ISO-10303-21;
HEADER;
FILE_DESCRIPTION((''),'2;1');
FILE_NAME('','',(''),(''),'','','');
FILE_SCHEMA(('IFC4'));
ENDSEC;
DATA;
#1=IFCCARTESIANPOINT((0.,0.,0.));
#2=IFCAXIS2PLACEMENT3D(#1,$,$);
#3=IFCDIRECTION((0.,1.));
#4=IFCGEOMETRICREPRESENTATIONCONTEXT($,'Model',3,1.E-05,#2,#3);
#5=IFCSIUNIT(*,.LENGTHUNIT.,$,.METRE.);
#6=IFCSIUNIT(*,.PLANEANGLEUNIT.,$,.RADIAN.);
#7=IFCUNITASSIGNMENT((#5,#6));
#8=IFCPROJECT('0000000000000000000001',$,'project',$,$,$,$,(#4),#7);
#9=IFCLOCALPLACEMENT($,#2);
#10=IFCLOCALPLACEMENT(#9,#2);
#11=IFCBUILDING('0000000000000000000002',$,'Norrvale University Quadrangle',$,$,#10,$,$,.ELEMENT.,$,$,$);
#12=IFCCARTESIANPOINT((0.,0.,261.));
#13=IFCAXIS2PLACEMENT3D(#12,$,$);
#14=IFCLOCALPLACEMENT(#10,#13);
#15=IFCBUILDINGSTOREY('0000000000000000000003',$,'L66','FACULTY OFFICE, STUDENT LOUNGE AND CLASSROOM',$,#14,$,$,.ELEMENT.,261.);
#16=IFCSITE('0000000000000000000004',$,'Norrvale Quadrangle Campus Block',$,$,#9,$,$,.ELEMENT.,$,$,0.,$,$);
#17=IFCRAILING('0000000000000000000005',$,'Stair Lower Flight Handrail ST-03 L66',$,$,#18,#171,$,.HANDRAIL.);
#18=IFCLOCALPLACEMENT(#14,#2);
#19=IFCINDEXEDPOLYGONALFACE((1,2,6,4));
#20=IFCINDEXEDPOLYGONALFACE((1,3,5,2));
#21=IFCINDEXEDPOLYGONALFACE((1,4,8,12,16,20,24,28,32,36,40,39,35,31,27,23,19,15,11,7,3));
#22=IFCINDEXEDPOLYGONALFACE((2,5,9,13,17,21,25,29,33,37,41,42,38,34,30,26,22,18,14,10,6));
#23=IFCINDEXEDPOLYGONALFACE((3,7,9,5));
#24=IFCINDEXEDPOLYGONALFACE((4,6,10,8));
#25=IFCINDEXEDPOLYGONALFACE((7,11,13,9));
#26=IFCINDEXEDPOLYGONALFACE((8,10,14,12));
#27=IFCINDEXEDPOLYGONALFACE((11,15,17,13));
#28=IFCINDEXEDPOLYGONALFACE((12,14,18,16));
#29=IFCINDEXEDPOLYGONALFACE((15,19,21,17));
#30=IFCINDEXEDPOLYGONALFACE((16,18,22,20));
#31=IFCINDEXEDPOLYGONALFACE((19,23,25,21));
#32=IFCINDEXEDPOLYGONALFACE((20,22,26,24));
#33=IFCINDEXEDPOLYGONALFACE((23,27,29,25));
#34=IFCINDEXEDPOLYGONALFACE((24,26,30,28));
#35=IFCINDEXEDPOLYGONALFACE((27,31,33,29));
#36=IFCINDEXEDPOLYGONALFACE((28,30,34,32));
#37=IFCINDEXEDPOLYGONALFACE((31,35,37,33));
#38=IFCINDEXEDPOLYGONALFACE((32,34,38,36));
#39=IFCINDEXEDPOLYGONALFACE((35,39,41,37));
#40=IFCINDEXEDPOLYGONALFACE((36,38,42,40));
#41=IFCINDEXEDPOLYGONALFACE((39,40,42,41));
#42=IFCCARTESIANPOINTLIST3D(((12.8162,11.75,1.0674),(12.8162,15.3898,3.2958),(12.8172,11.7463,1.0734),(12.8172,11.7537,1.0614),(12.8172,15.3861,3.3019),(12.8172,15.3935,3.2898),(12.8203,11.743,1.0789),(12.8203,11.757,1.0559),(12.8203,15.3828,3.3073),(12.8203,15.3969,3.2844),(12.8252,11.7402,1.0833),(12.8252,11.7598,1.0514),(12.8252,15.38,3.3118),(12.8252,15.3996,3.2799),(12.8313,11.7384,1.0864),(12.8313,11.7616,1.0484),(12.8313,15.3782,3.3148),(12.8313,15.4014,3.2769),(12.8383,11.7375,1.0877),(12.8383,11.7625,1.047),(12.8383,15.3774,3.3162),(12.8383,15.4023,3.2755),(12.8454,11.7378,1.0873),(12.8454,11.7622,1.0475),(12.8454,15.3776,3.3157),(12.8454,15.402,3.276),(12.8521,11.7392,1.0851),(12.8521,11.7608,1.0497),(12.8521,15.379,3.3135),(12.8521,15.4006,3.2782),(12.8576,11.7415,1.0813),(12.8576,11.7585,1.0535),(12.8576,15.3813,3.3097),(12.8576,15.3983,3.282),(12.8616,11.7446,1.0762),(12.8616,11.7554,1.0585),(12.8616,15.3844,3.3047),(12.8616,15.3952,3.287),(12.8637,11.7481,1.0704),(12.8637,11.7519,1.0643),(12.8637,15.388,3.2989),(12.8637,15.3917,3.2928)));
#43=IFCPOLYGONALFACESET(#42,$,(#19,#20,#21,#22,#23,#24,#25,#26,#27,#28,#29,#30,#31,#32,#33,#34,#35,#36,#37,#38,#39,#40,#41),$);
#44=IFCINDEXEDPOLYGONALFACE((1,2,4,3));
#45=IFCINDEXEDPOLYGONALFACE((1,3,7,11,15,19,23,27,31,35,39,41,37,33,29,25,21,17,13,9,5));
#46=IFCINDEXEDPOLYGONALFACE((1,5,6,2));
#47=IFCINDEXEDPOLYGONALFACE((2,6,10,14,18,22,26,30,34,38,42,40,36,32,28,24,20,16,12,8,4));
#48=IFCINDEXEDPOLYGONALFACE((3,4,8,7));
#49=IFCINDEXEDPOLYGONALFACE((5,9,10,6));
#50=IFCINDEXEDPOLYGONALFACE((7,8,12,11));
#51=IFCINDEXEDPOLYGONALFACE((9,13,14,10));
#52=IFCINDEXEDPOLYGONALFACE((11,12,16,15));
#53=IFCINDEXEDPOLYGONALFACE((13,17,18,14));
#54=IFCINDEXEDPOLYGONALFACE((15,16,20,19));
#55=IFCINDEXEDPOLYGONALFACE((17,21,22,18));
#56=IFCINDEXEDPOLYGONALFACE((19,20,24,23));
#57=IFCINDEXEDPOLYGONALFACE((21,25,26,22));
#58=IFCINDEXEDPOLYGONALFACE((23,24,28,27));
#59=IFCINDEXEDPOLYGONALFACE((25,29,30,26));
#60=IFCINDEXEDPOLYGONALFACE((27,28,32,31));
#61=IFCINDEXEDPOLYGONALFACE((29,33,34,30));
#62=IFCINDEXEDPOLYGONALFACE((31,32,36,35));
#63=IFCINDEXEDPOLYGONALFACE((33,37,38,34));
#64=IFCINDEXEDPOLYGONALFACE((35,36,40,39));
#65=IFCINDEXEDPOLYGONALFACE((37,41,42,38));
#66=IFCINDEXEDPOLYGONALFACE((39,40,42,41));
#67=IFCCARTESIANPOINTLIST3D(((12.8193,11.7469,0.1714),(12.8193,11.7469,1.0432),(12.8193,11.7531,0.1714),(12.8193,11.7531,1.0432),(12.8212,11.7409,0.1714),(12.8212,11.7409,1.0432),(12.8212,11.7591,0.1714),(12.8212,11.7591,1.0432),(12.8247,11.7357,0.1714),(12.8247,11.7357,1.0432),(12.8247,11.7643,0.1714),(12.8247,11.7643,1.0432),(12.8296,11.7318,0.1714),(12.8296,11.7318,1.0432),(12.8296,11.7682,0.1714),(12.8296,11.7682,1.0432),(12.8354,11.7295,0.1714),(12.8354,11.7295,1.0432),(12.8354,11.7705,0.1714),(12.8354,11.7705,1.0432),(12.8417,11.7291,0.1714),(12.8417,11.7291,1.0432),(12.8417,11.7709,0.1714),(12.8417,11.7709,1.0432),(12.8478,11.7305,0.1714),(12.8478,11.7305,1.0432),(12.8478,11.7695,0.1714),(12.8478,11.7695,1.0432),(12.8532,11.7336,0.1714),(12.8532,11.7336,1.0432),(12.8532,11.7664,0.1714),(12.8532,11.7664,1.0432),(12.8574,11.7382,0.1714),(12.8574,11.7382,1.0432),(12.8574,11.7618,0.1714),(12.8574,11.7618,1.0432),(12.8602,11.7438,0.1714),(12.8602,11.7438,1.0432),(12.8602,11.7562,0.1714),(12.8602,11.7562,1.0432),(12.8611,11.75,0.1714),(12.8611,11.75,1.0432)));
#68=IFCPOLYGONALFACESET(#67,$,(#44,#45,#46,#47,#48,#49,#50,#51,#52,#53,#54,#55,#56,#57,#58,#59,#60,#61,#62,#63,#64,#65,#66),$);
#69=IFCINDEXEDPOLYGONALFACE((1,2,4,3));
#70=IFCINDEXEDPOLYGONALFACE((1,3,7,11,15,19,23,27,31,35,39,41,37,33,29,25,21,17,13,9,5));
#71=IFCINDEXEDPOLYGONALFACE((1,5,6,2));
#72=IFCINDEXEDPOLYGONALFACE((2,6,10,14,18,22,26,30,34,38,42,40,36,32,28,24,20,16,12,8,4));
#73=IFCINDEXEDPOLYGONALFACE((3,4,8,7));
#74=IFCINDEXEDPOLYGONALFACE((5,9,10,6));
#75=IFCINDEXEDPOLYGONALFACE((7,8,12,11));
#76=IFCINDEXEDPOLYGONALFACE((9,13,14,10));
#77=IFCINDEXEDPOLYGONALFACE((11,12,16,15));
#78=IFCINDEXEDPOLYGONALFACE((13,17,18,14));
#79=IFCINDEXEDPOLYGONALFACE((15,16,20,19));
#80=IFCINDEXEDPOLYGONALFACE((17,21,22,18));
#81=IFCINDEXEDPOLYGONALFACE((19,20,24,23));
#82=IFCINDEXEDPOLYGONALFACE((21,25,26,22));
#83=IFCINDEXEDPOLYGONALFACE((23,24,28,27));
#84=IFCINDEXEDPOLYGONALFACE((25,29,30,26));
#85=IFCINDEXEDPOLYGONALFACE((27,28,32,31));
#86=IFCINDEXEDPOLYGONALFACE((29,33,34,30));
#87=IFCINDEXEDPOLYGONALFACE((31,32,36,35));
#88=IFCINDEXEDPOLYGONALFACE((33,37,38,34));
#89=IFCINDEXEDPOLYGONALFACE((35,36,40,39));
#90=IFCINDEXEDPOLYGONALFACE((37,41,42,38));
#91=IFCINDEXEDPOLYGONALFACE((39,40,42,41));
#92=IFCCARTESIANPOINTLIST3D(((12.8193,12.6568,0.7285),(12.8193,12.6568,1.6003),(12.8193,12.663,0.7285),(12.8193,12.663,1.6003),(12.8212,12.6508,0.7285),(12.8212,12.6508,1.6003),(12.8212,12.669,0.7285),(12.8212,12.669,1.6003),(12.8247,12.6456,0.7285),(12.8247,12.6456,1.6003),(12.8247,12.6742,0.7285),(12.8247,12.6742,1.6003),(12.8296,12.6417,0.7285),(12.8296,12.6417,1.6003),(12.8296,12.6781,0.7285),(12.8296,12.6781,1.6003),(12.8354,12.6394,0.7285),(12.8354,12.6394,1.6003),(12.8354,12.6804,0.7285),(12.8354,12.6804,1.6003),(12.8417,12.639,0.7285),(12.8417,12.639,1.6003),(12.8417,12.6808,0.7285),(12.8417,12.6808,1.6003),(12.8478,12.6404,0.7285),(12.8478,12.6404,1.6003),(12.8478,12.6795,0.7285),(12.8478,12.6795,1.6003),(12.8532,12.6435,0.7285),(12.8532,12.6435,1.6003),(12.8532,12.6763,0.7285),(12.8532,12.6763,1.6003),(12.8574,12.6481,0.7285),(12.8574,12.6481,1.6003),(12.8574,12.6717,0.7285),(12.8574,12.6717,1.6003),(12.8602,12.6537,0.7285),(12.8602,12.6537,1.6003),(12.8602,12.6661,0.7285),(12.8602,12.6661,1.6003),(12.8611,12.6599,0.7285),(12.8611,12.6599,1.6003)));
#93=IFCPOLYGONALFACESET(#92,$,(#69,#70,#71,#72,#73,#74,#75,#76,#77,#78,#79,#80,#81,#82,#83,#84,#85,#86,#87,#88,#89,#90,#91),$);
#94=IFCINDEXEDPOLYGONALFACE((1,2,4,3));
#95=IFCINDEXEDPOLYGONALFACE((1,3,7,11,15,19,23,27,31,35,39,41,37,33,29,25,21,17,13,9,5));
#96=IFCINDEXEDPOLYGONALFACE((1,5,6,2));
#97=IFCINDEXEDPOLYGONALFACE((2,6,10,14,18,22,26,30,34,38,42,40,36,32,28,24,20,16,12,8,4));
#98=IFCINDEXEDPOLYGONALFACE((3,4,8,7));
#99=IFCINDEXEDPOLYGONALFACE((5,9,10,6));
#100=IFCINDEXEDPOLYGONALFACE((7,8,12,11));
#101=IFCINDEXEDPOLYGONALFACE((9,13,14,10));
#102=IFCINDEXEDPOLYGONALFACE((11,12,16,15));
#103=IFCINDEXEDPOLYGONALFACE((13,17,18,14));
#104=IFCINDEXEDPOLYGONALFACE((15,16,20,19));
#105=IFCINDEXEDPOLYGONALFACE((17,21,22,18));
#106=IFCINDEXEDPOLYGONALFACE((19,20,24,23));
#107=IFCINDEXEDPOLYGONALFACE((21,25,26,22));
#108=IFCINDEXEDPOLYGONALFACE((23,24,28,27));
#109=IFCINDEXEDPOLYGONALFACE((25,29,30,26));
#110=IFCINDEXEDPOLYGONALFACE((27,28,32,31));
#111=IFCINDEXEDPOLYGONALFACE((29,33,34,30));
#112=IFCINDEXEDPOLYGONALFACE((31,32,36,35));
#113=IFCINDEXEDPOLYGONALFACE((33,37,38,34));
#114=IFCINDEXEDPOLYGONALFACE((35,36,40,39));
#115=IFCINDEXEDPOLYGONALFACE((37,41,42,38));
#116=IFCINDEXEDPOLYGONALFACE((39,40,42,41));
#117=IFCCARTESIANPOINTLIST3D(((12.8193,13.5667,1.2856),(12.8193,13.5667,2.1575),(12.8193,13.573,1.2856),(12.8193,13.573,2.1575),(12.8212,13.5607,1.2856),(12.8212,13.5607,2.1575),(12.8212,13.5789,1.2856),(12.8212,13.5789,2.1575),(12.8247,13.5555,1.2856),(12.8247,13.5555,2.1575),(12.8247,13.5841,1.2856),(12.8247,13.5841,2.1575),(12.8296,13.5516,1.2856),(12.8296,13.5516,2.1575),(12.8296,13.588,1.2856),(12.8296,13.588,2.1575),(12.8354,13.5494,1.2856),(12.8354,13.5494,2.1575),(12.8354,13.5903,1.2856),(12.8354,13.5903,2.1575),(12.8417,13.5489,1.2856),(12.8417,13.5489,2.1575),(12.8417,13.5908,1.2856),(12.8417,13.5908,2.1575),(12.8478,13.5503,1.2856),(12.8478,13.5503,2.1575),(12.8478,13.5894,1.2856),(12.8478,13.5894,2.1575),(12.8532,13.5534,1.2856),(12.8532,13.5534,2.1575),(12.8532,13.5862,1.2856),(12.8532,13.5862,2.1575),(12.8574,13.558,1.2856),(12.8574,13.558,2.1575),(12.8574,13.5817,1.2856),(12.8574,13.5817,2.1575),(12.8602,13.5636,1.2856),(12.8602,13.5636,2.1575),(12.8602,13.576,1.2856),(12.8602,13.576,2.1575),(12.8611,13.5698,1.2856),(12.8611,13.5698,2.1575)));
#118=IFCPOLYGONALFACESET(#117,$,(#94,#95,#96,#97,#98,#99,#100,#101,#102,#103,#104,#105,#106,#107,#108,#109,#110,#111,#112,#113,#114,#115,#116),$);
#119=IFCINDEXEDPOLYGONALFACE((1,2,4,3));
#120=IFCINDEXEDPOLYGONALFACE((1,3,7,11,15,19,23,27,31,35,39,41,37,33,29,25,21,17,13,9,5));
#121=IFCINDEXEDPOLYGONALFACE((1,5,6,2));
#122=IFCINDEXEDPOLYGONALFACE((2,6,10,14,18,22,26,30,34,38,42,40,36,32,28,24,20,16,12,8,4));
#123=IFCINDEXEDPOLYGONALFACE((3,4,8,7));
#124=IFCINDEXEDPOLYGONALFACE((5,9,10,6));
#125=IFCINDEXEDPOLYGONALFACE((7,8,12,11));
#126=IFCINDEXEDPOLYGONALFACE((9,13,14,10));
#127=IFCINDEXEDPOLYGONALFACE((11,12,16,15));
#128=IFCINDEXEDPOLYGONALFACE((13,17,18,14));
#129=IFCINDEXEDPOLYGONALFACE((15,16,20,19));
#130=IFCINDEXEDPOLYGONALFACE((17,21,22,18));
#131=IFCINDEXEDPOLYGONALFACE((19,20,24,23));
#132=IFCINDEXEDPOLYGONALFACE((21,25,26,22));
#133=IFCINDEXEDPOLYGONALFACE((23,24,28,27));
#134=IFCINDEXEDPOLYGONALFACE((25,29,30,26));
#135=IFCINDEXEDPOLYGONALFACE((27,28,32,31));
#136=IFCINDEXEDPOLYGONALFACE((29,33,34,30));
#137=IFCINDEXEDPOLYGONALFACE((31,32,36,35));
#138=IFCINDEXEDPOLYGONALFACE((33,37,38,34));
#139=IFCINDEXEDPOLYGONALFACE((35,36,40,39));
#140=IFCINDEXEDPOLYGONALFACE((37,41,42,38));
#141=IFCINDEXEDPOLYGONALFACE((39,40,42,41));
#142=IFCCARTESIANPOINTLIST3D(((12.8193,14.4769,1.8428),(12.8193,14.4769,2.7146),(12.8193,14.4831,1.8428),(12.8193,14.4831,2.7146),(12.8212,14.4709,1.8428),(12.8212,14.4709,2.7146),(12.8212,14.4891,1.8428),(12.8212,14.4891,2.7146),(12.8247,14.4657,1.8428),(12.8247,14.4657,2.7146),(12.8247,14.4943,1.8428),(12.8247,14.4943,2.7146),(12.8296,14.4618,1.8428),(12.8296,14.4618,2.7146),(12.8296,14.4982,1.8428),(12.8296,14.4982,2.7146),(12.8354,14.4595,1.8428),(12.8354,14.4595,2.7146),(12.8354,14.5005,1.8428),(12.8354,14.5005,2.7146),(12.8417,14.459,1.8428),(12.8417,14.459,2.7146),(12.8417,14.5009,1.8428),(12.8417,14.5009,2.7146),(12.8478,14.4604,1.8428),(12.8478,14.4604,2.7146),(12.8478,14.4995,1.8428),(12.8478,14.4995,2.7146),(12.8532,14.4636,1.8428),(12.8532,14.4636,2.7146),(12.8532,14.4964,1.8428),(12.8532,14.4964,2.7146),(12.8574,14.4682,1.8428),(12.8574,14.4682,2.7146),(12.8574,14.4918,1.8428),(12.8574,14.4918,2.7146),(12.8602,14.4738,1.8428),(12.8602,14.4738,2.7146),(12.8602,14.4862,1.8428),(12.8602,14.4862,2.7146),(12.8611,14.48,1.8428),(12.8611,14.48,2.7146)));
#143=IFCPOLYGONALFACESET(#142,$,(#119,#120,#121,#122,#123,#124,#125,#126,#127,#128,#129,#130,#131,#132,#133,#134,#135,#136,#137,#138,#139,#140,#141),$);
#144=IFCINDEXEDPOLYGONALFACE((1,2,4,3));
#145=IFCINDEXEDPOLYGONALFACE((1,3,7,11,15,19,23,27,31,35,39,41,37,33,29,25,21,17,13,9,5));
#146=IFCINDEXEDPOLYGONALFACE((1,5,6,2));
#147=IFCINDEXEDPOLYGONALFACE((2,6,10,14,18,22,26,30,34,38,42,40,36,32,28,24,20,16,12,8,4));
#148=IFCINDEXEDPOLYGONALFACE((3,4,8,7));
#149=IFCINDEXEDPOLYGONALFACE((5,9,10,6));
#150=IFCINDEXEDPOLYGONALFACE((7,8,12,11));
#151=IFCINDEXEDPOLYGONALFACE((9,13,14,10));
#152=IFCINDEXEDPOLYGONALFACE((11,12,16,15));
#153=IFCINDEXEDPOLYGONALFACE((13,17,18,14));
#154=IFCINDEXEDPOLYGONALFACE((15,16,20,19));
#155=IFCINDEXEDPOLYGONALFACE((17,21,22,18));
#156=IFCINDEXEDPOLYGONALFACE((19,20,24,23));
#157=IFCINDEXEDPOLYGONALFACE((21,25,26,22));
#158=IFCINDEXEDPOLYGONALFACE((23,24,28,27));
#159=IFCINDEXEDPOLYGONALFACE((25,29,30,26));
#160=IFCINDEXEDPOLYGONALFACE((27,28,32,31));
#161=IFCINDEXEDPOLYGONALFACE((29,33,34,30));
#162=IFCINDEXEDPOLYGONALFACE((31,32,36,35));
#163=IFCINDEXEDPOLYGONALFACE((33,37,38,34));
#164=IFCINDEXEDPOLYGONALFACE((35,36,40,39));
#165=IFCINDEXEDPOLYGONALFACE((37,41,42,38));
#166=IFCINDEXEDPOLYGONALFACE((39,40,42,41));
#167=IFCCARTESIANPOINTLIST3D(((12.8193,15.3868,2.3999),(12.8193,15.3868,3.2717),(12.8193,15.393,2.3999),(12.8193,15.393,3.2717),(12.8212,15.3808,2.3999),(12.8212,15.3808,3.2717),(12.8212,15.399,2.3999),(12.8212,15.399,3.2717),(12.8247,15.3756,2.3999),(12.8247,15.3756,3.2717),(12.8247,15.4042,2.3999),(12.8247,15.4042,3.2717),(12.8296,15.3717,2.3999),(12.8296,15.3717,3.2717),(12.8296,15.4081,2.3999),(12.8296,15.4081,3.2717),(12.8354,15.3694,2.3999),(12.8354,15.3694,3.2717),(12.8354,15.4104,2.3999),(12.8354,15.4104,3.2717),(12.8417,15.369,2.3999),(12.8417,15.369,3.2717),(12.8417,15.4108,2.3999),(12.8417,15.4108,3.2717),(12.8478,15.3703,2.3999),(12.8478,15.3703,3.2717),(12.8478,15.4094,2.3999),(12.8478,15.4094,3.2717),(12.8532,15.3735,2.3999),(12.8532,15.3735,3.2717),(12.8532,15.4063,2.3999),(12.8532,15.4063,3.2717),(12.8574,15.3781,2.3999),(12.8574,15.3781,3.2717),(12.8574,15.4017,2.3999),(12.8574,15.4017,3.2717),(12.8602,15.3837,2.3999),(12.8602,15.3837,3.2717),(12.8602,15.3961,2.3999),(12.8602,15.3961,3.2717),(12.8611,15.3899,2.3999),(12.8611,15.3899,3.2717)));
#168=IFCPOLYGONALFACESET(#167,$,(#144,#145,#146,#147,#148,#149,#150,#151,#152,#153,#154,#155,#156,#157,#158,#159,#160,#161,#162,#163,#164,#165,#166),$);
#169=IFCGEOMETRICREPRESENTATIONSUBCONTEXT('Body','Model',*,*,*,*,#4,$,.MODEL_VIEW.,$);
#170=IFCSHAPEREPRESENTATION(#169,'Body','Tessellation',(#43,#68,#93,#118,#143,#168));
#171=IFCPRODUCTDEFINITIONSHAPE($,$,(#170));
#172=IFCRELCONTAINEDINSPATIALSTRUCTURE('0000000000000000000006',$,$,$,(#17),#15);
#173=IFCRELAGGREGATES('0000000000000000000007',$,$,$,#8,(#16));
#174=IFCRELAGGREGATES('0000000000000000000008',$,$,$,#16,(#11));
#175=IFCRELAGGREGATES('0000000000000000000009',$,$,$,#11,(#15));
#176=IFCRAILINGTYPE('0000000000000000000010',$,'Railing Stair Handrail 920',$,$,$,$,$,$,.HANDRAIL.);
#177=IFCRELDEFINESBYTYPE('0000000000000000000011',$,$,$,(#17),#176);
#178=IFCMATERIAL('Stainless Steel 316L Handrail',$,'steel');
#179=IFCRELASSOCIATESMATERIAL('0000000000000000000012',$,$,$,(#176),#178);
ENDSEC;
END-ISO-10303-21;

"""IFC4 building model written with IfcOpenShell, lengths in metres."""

from ifc_helpers import new_model, si_unit, direction, frame, origin, origin_2d, place, context, subcontext, project, spatial, circle, extrude, material, type_object, element, save


model = new_model("IFC4")

# Units and contexts
model_context = context("Model", 3, precision=1e-05, world=origin(), true_north=direction((0.0, 1.0)))
body_context = subcontext(model_context, "Body", "Model", "MODEL_VIEW")
ifc_project = project(units=[si_unit("LENGTHUNIT", "METRE"), si_unit("PLANEANGLEUNIT", "RADIAN")], contexts=[model_context])

# Site, building, storey
site_placement = place(None, origin())
site = spatial("IfcSite", under=ifc_project, at=site_placement, Name="Norrvale Quadrangle Campus Block", CompositionType="ELEMENT", RefElevation=0.0)
building_placement = place(site_placement, origin())
building = spatial("IfcBuilding", under=site, at=building_placement, Name="Norrvale University Quadrangle", CompositionType="ELEMENT")
storey_placement = place(building_placement, frame((0.0, 0.0, 261.0)))
storey = spatial("IfcBuildingStorey", under=building, at=storey_placement, Name="L66", Description="FACULTY OFFICE, STUDENT LOUNGE AND CLASSROOM", CompositionType="ELEMENT", Elevation=261.0)

# Railing
ifc_material_1 = material(Name="Stainless Steel 316L Handrail", Category="steel")
railing_type_1 = type_object("IfcRailingType", Name="Railing Stair Handrail 920", PredefinedType="HANDRAIL", material=ifc_material_1)
railing_1_placement = place(storey_placement, frame((12.8401, 11.75, 0.1714)))
element("IfcRailing", 1, at=railing_1_placement, inside=storey, type_object=railing_type_1, Name="Stair Lower Flight Handrail ST-03 L66", PredefinedType="HANDRAIL", context=body_context, shape_type="SweptSolid", body=[
    extrude(circle(Radius=0.0239, at=origin_2d()), frame((0.0, 0.0, 0.896), z_axis=(0.0, 0.85285, 0.522156), x_axis=(-1.0, 0.0, 0.0)), (0.0, 0.0, 1.0), 4.2678),
    extrude(circle(Radius=0.021, at=origin_2d()), origin(), (0.0, 0.0, 1.0), 0.8718),
    extrude(circle(Radius=0.021, at=origin_2d()), frame((0.0, 0.9099, 0.5571)), (0.0, 0.0, 1.0), 0.8718),
    extrude(circle(Radius=0.021, at=origin_2d()), frame((0.0, 1.8198, 1.1143)), (0.0, 0.0, 1.0), 0.8718),
    extrude(circle(Radius=0.021, at=origin_2d()), frame((0.0, 2.73, 1.6714)), (0.0, 0.0, 1.0), 0.8718),
    extrude(circle(Radius=0.021, at=origin_2d()), frame((0.0, 3.6399, 2.2285)), (0.0, 0.0, 1.0), 0.8718),
])

save(model, "model.ifc")
